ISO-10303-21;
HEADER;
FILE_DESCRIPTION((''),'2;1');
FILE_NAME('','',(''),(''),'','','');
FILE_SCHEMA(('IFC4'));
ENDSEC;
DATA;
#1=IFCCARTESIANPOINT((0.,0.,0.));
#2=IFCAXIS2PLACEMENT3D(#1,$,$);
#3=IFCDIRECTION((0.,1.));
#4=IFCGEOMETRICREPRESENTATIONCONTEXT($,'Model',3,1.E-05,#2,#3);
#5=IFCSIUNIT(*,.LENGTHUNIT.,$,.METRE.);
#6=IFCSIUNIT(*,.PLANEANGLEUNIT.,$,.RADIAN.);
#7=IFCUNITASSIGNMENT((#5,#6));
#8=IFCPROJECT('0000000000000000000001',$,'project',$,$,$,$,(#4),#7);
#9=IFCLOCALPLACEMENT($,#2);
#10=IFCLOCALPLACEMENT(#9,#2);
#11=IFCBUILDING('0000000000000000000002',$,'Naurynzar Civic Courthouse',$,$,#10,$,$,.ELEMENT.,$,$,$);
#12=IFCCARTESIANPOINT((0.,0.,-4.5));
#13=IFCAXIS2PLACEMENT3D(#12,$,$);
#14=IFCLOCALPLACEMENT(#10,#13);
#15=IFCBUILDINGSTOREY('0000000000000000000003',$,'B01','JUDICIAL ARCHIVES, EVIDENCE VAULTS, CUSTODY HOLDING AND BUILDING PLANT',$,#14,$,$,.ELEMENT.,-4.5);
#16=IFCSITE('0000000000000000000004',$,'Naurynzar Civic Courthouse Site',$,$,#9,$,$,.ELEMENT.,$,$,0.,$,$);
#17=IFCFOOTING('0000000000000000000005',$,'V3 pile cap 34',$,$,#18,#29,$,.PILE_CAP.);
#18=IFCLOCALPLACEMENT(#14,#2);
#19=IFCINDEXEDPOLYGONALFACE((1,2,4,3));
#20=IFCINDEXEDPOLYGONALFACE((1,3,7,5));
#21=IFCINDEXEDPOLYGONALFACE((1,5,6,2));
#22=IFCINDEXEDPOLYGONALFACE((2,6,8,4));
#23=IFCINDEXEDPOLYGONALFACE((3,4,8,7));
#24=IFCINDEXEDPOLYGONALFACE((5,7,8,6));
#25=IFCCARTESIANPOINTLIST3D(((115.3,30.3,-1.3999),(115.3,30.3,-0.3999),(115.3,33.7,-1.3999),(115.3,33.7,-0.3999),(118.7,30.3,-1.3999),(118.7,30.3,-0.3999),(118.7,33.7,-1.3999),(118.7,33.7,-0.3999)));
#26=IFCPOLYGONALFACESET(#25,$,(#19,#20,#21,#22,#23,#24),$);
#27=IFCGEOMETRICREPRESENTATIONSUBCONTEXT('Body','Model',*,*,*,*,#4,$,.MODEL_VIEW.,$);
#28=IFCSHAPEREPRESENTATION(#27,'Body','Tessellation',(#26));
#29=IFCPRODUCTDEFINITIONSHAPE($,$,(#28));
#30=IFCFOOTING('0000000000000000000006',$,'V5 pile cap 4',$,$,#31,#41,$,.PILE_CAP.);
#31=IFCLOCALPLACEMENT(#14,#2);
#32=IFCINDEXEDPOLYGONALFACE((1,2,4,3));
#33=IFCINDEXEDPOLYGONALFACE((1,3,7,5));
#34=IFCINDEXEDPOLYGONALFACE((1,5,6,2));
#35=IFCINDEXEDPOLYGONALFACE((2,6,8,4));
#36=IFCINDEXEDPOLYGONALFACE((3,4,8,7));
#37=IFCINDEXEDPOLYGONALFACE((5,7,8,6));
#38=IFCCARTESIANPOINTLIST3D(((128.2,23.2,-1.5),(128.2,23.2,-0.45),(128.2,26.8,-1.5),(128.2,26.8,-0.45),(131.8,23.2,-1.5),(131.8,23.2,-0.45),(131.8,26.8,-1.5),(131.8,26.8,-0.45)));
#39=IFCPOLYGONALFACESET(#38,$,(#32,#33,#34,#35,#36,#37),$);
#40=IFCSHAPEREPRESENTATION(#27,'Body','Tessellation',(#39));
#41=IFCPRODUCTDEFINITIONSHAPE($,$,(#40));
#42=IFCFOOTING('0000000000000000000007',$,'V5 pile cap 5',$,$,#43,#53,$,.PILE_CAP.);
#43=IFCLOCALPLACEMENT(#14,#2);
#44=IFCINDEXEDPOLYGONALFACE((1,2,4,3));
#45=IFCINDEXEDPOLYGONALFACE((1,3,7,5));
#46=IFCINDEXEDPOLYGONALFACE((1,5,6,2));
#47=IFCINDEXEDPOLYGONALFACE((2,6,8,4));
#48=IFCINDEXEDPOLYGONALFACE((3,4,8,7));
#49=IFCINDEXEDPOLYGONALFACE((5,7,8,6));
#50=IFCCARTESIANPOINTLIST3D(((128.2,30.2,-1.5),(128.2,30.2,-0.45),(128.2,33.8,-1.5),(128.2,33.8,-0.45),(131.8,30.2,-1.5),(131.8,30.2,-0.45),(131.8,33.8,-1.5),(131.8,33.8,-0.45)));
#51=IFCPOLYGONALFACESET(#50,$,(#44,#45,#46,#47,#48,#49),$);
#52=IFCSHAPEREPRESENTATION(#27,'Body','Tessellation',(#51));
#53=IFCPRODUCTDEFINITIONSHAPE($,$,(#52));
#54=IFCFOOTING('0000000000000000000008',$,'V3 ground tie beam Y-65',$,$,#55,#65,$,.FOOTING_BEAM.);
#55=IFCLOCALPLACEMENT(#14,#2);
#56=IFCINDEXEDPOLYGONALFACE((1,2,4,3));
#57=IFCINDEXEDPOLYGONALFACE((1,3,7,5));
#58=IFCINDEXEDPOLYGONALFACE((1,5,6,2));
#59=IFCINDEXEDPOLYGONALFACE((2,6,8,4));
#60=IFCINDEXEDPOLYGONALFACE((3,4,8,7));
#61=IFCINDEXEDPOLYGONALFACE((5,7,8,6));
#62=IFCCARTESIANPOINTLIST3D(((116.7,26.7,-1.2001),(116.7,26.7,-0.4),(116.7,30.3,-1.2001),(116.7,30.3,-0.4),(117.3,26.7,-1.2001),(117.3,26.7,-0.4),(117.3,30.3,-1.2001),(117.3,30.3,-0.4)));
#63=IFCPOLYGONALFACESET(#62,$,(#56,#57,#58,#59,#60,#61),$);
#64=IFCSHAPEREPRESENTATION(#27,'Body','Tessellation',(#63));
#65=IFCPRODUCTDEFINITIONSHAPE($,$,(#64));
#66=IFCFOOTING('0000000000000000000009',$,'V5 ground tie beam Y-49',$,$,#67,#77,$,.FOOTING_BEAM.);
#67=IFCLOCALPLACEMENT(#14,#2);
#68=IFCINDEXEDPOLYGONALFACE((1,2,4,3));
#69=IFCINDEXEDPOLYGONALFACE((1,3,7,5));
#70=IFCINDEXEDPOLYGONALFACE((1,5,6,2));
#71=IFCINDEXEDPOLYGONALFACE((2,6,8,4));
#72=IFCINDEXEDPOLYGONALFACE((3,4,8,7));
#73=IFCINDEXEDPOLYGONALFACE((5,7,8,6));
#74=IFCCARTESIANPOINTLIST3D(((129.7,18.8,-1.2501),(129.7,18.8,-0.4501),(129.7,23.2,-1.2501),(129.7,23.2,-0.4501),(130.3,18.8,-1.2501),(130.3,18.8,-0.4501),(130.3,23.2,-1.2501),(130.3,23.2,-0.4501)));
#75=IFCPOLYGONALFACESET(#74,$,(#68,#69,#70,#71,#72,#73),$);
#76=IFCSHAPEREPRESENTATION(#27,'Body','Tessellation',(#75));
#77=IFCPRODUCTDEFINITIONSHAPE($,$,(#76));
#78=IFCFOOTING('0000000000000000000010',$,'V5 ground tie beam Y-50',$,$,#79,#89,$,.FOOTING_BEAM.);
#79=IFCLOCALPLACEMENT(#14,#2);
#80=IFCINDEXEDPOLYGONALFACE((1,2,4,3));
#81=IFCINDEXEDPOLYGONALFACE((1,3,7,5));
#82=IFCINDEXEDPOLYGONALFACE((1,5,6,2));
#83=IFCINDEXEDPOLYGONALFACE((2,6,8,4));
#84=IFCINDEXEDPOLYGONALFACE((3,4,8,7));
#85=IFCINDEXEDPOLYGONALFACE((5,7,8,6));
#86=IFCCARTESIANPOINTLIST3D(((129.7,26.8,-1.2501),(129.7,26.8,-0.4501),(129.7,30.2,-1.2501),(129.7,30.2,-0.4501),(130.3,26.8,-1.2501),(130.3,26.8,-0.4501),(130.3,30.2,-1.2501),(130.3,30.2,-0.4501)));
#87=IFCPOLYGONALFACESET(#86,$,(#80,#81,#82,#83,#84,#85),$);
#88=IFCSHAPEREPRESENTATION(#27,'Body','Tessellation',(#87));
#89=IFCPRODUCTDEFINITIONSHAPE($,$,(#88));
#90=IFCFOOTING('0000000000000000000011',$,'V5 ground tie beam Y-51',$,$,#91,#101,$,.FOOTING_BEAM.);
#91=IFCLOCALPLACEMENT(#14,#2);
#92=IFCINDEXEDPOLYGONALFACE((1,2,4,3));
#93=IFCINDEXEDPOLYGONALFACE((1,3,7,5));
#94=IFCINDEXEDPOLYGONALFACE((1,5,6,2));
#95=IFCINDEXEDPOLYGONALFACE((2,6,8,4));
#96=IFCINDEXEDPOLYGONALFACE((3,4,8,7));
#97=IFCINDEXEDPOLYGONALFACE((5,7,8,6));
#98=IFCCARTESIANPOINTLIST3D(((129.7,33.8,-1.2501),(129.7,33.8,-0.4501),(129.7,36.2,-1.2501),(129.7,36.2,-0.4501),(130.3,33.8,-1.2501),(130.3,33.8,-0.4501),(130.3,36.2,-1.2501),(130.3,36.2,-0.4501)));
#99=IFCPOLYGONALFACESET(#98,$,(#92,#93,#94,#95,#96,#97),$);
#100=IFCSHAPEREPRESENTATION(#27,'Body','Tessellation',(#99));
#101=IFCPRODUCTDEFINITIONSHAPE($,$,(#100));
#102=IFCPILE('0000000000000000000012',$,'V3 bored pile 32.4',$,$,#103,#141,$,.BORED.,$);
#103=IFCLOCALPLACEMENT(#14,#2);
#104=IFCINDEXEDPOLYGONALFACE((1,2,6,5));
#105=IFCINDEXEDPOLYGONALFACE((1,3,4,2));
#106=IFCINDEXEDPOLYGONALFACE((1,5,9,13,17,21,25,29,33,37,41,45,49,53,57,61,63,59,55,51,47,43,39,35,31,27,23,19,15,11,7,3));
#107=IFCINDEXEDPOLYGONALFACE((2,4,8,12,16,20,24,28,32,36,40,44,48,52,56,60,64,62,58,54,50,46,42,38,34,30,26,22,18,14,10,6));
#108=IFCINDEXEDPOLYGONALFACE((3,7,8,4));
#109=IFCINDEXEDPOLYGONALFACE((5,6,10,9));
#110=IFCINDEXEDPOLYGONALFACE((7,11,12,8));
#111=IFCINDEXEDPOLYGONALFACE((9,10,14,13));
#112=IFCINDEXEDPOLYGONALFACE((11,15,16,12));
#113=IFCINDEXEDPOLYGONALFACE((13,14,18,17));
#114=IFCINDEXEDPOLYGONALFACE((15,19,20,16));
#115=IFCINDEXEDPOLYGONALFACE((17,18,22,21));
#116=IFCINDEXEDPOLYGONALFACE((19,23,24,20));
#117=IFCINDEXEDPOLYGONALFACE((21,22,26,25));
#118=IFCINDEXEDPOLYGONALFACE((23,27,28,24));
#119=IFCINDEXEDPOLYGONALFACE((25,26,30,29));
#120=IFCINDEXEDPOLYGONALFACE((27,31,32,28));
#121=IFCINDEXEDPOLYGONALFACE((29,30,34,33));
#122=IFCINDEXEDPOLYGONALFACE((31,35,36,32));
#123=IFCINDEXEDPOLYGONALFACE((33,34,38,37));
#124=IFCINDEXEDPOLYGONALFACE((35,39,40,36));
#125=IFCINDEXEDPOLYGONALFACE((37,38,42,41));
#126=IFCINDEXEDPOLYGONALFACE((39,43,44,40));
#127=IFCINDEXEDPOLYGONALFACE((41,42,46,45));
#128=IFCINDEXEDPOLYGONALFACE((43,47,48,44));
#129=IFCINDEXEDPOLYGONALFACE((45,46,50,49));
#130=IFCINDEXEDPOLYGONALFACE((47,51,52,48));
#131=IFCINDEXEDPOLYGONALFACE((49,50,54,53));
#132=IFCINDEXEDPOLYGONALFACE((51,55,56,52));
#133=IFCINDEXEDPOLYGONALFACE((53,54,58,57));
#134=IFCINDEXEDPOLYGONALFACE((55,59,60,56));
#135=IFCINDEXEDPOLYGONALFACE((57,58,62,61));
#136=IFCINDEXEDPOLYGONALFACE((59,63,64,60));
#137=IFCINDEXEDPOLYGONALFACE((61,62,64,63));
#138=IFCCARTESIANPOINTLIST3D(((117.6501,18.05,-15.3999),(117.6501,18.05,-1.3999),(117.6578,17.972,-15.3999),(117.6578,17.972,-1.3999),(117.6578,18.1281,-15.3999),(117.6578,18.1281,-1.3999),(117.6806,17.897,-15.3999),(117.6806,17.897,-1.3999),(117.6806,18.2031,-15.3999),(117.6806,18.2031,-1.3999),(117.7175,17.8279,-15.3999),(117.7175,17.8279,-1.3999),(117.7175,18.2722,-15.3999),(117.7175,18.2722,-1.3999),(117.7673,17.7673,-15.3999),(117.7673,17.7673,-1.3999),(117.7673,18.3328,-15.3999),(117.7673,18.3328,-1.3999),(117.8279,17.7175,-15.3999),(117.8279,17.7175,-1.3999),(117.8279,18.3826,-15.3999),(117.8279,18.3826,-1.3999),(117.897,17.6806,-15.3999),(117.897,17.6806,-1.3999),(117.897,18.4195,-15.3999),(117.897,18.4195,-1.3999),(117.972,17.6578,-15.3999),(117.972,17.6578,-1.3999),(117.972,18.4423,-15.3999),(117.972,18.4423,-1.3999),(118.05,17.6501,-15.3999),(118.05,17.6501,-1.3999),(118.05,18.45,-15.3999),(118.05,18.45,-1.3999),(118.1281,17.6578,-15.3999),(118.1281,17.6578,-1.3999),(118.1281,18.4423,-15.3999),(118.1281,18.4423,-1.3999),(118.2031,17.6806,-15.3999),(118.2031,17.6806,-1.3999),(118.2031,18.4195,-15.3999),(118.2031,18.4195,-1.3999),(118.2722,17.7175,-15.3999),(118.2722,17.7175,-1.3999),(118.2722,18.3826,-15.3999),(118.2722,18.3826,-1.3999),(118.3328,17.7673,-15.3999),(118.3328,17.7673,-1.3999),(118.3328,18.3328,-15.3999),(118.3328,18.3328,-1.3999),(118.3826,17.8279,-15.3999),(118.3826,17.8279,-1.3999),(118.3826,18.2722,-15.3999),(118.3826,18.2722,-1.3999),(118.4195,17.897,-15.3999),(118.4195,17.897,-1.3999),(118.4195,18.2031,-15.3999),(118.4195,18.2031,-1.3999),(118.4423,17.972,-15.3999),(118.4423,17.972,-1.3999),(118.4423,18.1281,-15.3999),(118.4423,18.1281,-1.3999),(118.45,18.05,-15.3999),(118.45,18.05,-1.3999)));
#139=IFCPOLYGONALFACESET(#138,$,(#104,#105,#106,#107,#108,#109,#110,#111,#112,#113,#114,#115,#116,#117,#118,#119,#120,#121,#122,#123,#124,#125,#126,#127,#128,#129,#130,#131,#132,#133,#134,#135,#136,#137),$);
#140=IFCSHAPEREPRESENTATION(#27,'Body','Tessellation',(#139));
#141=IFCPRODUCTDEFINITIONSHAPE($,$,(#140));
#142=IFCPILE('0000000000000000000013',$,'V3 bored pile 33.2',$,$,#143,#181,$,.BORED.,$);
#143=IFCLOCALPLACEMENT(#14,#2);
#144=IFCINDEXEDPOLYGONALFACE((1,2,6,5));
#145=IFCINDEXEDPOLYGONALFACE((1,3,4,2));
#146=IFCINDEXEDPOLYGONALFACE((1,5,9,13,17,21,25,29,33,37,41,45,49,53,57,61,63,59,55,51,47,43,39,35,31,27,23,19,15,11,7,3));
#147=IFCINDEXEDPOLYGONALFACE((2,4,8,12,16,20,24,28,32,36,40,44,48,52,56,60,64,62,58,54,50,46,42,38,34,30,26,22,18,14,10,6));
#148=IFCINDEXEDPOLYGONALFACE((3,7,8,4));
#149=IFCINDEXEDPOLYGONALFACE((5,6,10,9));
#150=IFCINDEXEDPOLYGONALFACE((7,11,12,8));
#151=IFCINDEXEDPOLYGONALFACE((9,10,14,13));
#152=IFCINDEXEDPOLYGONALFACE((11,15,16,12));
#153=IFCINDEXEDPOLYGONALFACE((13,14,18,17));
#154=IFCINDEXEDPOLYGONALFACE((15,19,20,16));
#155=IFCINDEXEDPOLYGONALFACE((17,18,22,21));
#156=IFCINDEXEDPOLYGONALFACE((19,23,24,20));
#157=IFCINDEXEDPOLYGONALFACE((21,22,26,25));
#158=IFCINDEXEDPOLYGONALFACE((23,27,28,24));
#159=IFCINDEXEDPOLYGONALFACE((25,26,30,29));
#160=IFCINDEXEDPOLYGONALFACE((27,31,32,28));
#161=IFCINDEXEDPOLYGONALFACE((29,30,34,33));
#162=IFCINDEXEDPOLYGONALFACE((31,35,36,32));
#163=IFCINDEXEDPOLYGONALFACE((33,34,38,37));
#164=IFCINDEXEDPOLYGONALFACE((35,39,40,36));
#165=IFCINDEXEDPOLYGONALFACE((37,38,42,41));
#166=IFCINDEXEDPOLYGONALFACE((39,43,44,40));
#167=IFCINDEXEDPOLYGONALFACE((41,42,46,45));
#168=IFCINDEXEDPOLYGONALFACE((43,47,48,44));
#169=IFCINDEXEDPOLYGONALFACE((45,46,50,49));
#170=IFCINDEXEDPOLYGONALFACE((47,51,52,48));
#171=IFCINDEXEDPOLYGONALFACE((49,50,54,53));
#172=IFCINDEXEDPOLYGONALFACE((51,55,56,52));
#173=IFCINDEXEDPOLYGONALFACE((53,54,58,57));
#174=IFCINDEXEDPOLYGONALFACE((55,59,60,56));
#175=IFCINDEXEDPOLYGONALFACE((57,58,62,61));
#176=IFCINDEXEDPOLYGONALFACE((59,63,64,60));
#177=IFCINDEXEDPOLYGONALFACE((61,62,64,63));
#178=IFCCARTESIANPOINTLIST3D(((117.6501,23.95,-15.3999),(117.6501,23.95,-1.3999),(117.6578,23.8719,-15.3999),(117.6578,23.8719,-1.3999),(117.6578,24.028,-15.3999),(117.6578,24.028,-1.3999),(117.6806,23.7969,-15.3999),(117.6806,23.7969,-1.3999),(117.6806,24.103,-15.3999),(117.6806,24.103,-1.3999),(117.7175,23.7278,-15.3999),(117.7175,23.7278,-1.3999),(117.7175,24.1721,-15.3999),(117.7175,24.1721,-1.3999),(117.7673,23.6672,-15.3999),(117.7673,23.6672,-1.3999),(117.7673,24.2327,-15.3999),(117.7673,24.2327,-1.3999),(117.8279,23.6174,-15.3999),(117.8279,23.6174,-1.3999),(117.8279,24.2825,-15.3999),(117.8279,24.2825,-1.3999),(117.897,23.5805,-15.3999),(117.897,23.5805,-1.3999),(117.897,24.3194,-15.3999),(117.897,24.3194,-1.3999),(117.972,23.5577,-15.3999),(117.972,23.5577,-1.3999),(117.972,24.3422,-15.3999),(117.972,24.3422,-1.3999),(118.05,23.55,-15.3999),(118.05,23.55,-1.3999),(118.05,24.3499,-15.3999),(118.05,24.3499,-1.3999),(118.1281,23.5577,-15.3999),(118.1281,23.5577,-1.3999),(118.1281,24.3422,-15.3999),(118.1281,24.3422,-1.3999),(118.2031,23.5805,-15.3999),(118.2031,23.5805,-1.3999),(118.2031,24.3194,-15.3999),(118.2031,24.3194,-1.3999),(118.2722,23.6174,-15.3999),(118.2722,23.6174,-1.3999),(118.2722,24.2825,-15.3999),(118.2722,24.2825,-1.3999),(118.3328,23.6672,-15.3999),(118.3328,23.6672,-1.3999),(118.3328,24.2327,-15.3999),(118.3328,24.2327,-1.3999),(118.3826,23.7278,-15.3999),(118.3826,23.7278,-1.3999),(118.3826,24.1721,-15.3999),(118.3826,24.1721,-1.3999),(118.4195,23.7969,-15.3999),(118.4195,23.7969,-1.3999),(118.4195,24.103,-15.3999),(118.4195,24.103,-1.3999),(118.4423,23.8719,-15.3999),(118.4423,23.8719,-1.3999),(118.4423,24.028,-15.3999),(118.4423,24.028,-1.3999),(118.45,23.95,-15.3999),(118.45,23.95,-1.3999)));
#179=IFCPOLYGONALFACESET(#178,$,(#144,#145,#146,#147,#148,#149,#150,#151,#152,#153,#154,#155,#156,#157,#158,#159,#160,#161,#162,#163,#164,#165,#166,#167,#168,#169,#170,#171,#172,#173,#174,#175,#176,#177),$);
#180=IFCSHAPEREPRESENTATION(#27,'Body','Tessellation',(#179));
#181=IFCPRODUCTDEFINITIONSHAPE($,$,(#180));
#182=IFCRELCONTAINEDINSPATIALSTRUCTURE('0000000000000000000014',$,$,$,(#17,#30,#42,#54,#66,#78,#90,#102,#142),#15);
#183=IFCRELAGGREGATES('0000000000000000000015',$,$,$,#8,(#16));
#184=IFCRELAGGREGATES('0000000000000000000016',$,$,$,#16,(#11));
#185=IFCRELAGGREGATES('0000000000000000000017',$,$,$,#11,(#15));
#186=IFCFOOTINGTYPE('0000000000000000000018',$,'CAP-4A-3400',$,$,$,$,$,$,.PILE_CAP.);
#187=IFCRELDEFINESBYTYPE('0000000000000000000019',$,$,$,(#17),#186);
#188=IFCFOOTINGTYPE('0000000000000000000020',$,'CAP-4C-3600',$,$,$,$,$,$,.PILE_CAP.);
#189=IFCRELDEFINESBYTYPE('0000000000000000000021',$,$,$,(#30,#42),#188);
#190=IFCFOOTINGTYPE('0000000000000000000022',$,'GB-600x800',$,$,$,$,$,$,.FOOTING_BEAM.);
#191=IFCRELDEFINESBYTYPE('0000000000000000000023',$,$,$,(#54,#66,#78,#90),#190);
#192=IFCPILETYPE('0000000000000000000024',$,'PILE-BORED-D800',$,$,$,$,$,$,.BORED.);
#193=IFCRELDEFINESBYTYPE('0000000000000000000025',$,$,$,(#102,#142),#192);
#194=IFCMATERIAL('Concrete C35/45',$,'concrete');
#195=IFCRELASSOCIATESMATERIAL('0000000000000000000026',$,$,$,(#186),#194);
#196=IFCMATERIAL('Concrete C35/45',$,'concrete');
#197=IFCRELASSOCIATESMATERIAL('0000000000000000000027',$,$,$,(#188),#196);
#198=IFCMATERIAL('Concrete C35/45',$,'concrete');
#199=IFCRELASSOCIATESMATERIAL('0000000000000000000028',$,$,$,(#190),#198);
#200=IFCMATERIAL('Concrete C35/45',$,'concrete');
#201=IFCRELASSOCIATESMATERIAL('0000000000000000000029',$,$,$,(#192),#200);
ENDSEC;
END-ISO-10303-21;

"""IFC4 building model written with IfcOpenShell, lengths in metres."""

from ifc_helpers import new_model, si_unit, direction, frame, origin, origin_2d, place, context, subcontext, project, spatial, rectangle, circle, extrude, material, material_profile, profile_set, type_object, element, save


model = new_model("IFC4")

# Units and contexts
model_context = context("Model", 3, precision=1e-05, world=origin(), true_north=direction((0.0, 1.0)))
body_context = subcontext(model_context, "Body", "Model", "MODEL_VIEW")
ifc_project = project(units=[si_unit("LENGTHUNIT", "METRE"), si_unit("PLANEANGLEUNIT", "RADIAN")], contexts=[model_context])

# Site, building, storey
site_placement = place(None, origin())
site = spatial("IfcSite", under=ifc_project, at=site_placement, Name="Naurynzar Civic Courthouse Site", CompositionType="ELEMENT", RefElevation=0.0)
building_placement = place(site_placement, origin())
building = spatial("IfcBuilding", under=site, at=building_placement, Name="Naurynzar Civic Courthouse", CompositionType="ELEMENT")
storey_placement = place(building_placement, frame((0.0, 0.0, -4.5)))
storey = spatial("IfcBuildingStorey", under=building, at=storey_placement, Name="B01", Description="JUDICIAL ARCHIVES, EVIDENCE VAULTS, CUSTODY HOLDING AND BUILDING PLANT", CompositionType="ELEMENT", Elevation=-4.5)

# Footings
ifc_material_1 = material(Name="Concrete C35/45", Category="concrete")
footing_type_1 = type_object("IfcFootingType", Name="CAP-4A-3400", PredefinedType="PILE_CAP", material=ifc_material_1)
footing_1_placement = place(storey_placement, frame((117.0, 32.0, -1.3999), z_axis=(0.0, 0.0, 1.0), x_axis=(1.0, 0.0, 0.0)))
element("IfcFooting", 1, at=footing_1_placement, inside=storey, type_object=footing_type_1, Name="V3 pile cap 34", PredefinedType="PILE_CAP", context=body_context, shape_type="SweptSolid", body=[
    extrude(rectangle(XDim=3.3999, YDim=3.3999, at=origin_2d()), origin(), (0.0, 0.0, 1.0), 1.0),
])
ifc_material_2 = material(Name="Concrete C35/45", Category="concrete")
footing_type_2 = type_object("IfcFootingType", Name="CAP-4C-3600", PredefinedType="PILE_CAP", material=ifc_material_2)
for number, where, z_axis, x_axis, name in (
    (2, (130.0, 25.0, -1.5), (0.0, 0.0, 1.0), (1.0, 0.0, 0.0), "V5 pile cap 4"),
    (3, (130.0, 32.0, -1.5), (0.0, 0.0, 1.0), (1.0, 0.0, 0.0), "V5 pile cap 5"),
):
    element("IfcFooting", number, at=place(storey_placement, frame(where, z_axis=z_axis, x_axis=x_axis)), inside=storey, type_object=footing_type_2, Name=name, PredefinedType="PILE_CAP", context=body_context, shape_type="SweptSolid", body=[
        extrude(rectangle(XDim=3.6001, YDim=3.6001, at=origin_2d()), origin(), (0.0, 0.0, 1.0), 1.05),
    ])
ifc_material_3 = material(Name="Concrete C35/45", Category="concrete")
ifc_material_profile_1 = material_profile(ifc_material_3, rectangle(XDim=0.6001, YDim=0.8, at=origin_2d()), Name="GB 600x800")
ifc_profile_set_1 = profile_set([ifc_material_profile_1], Name="Concrete C35/45")
footing_type_3 = type_object("IfcFootingType", Name="GB-600x800", PredefinedType="FOOTING_BEAM", material=ifc_profile_set_1)
footing_2_placement = place(storey_placement, frame((117.0, 26.7, -0.8), z_axis=(0.0, 1.0, 0.0), x_axis=(-1.0, 0.0, 0.0)))
element("IfcFooting", 4, at=footing_2_placement, inside=storey, type_object=footing_type_3, Name="V3 ground tie beam Y-65", PredefinedType="FOOTING_BEAM", context=body_context, shape_type="SweptSolid", body=[
    extrude(rectangle(XDim=0.6001, YDim=0.8, at=origin_2d()), origin(), (0.0, 0.0, 1.0), 3.6001),
])
footing_3_placement = place(storey_placement, frame((130.0, 18.8, -0.8501), z_axis=(0.0, 1.0, 0.0), x_axis=(-1.0, 0.0, 0.0)))
element("IfcFooting", 5, at=footing_3_placement, inside=storey, type_object=footing_type_3, Name="V5 ground tie beam Y-49", PredefinedType="FOOTING_BEAM", context=body_context, shape_type="SweptSolid", body=[
    extrude(rectangle(XDim=0.6001, YDim=0.8, at=origin_2d()), origin(), (0.0, 0.0, 1.0), 4.3999),
])
footing_4_placement = place(storey_placement, frame((130.0, 26.8, -0.8501), z_axis=(0.0, 1.0, 0.0), x_axis=(-1.0, 0.0, 0.0)))
element("IfcFooting", 6, at=footing_4_placement, inside=storey, type_object=footing_type_3, Name="V5 ground tie beam Y-50", PredefinedType="FOOTING_BEAM", context=body_context, shape_type="SweptSolid", body=[
    extrude(rectangle(XDim=0.6001, YDim=0.8, at=origin_2d()), origin(), (0.0, 0.0, 1.0), 3.3999),
])
footing_5_placement = place(storey_placement, frame((130.0, 33.8, -0.8501), z_axis=(0.0, 1.0, 0.0), x_axis=(-1.0, 0.0, 0.0)))
element("IfcFooting", 7, at=footing_5_placement, inside=storey, type_object=footing_type_3, Name="V5 ground tie beam Y-51", PredefinedType="FOOTING_BEAM", context=body_context, shape_type="SweptSolid", body=[
    extrude(rectangle(XDim=0.6001, YDim=0.8, at=origin_2d()), origin(), (0.0, 0.0, 1.0), 2.3999),
])

# Piles
ifc_material_4 = material(Name="Concrete C35/45", Category="concrete")
ifc_material_profile_2 = material_profile(ifc_material_4, circle(Radius=0.3999, at=origin_2d()), Name="PILE D800")
ifc_profile_set_2 = profile_set([ifc_material_profile_2], Name="Concrete C35/45")
pile_type = type_object("IfcPileType", Name="PILE-BORED-D800", PredefinedType="BORED", material=ifc_profile_set_2)
for number, where, z_axis, x_axis, name in (
    (8, (118.05, 18.05, -1.3999), (0.0, 0.0, -1.0), (1.0, 0.0, 0.0), "V3 bored pile 32.4"),
    (9, (118.05, 23.95, -1.3999), (0.0, 0.0, -1.0), (1.0, 0.0, 0.0), "V3 bored pile 33.2"),
):
    element("IfcPile", number, at=place(storey_placement, frame(where, z_axis=z_axis, x_axis=x_axis)), inside=storey, type_object=pile_type, Name=name, PredefinedType="BORED", context=body_context, shape_type="SweptSolid", body=[
        extrude(circle(Radius=0.3999, at=origin_2d()), origin(), (0.0, 0.0, 1.0), 14.0),
    ])

save(model, "model.ifc")
